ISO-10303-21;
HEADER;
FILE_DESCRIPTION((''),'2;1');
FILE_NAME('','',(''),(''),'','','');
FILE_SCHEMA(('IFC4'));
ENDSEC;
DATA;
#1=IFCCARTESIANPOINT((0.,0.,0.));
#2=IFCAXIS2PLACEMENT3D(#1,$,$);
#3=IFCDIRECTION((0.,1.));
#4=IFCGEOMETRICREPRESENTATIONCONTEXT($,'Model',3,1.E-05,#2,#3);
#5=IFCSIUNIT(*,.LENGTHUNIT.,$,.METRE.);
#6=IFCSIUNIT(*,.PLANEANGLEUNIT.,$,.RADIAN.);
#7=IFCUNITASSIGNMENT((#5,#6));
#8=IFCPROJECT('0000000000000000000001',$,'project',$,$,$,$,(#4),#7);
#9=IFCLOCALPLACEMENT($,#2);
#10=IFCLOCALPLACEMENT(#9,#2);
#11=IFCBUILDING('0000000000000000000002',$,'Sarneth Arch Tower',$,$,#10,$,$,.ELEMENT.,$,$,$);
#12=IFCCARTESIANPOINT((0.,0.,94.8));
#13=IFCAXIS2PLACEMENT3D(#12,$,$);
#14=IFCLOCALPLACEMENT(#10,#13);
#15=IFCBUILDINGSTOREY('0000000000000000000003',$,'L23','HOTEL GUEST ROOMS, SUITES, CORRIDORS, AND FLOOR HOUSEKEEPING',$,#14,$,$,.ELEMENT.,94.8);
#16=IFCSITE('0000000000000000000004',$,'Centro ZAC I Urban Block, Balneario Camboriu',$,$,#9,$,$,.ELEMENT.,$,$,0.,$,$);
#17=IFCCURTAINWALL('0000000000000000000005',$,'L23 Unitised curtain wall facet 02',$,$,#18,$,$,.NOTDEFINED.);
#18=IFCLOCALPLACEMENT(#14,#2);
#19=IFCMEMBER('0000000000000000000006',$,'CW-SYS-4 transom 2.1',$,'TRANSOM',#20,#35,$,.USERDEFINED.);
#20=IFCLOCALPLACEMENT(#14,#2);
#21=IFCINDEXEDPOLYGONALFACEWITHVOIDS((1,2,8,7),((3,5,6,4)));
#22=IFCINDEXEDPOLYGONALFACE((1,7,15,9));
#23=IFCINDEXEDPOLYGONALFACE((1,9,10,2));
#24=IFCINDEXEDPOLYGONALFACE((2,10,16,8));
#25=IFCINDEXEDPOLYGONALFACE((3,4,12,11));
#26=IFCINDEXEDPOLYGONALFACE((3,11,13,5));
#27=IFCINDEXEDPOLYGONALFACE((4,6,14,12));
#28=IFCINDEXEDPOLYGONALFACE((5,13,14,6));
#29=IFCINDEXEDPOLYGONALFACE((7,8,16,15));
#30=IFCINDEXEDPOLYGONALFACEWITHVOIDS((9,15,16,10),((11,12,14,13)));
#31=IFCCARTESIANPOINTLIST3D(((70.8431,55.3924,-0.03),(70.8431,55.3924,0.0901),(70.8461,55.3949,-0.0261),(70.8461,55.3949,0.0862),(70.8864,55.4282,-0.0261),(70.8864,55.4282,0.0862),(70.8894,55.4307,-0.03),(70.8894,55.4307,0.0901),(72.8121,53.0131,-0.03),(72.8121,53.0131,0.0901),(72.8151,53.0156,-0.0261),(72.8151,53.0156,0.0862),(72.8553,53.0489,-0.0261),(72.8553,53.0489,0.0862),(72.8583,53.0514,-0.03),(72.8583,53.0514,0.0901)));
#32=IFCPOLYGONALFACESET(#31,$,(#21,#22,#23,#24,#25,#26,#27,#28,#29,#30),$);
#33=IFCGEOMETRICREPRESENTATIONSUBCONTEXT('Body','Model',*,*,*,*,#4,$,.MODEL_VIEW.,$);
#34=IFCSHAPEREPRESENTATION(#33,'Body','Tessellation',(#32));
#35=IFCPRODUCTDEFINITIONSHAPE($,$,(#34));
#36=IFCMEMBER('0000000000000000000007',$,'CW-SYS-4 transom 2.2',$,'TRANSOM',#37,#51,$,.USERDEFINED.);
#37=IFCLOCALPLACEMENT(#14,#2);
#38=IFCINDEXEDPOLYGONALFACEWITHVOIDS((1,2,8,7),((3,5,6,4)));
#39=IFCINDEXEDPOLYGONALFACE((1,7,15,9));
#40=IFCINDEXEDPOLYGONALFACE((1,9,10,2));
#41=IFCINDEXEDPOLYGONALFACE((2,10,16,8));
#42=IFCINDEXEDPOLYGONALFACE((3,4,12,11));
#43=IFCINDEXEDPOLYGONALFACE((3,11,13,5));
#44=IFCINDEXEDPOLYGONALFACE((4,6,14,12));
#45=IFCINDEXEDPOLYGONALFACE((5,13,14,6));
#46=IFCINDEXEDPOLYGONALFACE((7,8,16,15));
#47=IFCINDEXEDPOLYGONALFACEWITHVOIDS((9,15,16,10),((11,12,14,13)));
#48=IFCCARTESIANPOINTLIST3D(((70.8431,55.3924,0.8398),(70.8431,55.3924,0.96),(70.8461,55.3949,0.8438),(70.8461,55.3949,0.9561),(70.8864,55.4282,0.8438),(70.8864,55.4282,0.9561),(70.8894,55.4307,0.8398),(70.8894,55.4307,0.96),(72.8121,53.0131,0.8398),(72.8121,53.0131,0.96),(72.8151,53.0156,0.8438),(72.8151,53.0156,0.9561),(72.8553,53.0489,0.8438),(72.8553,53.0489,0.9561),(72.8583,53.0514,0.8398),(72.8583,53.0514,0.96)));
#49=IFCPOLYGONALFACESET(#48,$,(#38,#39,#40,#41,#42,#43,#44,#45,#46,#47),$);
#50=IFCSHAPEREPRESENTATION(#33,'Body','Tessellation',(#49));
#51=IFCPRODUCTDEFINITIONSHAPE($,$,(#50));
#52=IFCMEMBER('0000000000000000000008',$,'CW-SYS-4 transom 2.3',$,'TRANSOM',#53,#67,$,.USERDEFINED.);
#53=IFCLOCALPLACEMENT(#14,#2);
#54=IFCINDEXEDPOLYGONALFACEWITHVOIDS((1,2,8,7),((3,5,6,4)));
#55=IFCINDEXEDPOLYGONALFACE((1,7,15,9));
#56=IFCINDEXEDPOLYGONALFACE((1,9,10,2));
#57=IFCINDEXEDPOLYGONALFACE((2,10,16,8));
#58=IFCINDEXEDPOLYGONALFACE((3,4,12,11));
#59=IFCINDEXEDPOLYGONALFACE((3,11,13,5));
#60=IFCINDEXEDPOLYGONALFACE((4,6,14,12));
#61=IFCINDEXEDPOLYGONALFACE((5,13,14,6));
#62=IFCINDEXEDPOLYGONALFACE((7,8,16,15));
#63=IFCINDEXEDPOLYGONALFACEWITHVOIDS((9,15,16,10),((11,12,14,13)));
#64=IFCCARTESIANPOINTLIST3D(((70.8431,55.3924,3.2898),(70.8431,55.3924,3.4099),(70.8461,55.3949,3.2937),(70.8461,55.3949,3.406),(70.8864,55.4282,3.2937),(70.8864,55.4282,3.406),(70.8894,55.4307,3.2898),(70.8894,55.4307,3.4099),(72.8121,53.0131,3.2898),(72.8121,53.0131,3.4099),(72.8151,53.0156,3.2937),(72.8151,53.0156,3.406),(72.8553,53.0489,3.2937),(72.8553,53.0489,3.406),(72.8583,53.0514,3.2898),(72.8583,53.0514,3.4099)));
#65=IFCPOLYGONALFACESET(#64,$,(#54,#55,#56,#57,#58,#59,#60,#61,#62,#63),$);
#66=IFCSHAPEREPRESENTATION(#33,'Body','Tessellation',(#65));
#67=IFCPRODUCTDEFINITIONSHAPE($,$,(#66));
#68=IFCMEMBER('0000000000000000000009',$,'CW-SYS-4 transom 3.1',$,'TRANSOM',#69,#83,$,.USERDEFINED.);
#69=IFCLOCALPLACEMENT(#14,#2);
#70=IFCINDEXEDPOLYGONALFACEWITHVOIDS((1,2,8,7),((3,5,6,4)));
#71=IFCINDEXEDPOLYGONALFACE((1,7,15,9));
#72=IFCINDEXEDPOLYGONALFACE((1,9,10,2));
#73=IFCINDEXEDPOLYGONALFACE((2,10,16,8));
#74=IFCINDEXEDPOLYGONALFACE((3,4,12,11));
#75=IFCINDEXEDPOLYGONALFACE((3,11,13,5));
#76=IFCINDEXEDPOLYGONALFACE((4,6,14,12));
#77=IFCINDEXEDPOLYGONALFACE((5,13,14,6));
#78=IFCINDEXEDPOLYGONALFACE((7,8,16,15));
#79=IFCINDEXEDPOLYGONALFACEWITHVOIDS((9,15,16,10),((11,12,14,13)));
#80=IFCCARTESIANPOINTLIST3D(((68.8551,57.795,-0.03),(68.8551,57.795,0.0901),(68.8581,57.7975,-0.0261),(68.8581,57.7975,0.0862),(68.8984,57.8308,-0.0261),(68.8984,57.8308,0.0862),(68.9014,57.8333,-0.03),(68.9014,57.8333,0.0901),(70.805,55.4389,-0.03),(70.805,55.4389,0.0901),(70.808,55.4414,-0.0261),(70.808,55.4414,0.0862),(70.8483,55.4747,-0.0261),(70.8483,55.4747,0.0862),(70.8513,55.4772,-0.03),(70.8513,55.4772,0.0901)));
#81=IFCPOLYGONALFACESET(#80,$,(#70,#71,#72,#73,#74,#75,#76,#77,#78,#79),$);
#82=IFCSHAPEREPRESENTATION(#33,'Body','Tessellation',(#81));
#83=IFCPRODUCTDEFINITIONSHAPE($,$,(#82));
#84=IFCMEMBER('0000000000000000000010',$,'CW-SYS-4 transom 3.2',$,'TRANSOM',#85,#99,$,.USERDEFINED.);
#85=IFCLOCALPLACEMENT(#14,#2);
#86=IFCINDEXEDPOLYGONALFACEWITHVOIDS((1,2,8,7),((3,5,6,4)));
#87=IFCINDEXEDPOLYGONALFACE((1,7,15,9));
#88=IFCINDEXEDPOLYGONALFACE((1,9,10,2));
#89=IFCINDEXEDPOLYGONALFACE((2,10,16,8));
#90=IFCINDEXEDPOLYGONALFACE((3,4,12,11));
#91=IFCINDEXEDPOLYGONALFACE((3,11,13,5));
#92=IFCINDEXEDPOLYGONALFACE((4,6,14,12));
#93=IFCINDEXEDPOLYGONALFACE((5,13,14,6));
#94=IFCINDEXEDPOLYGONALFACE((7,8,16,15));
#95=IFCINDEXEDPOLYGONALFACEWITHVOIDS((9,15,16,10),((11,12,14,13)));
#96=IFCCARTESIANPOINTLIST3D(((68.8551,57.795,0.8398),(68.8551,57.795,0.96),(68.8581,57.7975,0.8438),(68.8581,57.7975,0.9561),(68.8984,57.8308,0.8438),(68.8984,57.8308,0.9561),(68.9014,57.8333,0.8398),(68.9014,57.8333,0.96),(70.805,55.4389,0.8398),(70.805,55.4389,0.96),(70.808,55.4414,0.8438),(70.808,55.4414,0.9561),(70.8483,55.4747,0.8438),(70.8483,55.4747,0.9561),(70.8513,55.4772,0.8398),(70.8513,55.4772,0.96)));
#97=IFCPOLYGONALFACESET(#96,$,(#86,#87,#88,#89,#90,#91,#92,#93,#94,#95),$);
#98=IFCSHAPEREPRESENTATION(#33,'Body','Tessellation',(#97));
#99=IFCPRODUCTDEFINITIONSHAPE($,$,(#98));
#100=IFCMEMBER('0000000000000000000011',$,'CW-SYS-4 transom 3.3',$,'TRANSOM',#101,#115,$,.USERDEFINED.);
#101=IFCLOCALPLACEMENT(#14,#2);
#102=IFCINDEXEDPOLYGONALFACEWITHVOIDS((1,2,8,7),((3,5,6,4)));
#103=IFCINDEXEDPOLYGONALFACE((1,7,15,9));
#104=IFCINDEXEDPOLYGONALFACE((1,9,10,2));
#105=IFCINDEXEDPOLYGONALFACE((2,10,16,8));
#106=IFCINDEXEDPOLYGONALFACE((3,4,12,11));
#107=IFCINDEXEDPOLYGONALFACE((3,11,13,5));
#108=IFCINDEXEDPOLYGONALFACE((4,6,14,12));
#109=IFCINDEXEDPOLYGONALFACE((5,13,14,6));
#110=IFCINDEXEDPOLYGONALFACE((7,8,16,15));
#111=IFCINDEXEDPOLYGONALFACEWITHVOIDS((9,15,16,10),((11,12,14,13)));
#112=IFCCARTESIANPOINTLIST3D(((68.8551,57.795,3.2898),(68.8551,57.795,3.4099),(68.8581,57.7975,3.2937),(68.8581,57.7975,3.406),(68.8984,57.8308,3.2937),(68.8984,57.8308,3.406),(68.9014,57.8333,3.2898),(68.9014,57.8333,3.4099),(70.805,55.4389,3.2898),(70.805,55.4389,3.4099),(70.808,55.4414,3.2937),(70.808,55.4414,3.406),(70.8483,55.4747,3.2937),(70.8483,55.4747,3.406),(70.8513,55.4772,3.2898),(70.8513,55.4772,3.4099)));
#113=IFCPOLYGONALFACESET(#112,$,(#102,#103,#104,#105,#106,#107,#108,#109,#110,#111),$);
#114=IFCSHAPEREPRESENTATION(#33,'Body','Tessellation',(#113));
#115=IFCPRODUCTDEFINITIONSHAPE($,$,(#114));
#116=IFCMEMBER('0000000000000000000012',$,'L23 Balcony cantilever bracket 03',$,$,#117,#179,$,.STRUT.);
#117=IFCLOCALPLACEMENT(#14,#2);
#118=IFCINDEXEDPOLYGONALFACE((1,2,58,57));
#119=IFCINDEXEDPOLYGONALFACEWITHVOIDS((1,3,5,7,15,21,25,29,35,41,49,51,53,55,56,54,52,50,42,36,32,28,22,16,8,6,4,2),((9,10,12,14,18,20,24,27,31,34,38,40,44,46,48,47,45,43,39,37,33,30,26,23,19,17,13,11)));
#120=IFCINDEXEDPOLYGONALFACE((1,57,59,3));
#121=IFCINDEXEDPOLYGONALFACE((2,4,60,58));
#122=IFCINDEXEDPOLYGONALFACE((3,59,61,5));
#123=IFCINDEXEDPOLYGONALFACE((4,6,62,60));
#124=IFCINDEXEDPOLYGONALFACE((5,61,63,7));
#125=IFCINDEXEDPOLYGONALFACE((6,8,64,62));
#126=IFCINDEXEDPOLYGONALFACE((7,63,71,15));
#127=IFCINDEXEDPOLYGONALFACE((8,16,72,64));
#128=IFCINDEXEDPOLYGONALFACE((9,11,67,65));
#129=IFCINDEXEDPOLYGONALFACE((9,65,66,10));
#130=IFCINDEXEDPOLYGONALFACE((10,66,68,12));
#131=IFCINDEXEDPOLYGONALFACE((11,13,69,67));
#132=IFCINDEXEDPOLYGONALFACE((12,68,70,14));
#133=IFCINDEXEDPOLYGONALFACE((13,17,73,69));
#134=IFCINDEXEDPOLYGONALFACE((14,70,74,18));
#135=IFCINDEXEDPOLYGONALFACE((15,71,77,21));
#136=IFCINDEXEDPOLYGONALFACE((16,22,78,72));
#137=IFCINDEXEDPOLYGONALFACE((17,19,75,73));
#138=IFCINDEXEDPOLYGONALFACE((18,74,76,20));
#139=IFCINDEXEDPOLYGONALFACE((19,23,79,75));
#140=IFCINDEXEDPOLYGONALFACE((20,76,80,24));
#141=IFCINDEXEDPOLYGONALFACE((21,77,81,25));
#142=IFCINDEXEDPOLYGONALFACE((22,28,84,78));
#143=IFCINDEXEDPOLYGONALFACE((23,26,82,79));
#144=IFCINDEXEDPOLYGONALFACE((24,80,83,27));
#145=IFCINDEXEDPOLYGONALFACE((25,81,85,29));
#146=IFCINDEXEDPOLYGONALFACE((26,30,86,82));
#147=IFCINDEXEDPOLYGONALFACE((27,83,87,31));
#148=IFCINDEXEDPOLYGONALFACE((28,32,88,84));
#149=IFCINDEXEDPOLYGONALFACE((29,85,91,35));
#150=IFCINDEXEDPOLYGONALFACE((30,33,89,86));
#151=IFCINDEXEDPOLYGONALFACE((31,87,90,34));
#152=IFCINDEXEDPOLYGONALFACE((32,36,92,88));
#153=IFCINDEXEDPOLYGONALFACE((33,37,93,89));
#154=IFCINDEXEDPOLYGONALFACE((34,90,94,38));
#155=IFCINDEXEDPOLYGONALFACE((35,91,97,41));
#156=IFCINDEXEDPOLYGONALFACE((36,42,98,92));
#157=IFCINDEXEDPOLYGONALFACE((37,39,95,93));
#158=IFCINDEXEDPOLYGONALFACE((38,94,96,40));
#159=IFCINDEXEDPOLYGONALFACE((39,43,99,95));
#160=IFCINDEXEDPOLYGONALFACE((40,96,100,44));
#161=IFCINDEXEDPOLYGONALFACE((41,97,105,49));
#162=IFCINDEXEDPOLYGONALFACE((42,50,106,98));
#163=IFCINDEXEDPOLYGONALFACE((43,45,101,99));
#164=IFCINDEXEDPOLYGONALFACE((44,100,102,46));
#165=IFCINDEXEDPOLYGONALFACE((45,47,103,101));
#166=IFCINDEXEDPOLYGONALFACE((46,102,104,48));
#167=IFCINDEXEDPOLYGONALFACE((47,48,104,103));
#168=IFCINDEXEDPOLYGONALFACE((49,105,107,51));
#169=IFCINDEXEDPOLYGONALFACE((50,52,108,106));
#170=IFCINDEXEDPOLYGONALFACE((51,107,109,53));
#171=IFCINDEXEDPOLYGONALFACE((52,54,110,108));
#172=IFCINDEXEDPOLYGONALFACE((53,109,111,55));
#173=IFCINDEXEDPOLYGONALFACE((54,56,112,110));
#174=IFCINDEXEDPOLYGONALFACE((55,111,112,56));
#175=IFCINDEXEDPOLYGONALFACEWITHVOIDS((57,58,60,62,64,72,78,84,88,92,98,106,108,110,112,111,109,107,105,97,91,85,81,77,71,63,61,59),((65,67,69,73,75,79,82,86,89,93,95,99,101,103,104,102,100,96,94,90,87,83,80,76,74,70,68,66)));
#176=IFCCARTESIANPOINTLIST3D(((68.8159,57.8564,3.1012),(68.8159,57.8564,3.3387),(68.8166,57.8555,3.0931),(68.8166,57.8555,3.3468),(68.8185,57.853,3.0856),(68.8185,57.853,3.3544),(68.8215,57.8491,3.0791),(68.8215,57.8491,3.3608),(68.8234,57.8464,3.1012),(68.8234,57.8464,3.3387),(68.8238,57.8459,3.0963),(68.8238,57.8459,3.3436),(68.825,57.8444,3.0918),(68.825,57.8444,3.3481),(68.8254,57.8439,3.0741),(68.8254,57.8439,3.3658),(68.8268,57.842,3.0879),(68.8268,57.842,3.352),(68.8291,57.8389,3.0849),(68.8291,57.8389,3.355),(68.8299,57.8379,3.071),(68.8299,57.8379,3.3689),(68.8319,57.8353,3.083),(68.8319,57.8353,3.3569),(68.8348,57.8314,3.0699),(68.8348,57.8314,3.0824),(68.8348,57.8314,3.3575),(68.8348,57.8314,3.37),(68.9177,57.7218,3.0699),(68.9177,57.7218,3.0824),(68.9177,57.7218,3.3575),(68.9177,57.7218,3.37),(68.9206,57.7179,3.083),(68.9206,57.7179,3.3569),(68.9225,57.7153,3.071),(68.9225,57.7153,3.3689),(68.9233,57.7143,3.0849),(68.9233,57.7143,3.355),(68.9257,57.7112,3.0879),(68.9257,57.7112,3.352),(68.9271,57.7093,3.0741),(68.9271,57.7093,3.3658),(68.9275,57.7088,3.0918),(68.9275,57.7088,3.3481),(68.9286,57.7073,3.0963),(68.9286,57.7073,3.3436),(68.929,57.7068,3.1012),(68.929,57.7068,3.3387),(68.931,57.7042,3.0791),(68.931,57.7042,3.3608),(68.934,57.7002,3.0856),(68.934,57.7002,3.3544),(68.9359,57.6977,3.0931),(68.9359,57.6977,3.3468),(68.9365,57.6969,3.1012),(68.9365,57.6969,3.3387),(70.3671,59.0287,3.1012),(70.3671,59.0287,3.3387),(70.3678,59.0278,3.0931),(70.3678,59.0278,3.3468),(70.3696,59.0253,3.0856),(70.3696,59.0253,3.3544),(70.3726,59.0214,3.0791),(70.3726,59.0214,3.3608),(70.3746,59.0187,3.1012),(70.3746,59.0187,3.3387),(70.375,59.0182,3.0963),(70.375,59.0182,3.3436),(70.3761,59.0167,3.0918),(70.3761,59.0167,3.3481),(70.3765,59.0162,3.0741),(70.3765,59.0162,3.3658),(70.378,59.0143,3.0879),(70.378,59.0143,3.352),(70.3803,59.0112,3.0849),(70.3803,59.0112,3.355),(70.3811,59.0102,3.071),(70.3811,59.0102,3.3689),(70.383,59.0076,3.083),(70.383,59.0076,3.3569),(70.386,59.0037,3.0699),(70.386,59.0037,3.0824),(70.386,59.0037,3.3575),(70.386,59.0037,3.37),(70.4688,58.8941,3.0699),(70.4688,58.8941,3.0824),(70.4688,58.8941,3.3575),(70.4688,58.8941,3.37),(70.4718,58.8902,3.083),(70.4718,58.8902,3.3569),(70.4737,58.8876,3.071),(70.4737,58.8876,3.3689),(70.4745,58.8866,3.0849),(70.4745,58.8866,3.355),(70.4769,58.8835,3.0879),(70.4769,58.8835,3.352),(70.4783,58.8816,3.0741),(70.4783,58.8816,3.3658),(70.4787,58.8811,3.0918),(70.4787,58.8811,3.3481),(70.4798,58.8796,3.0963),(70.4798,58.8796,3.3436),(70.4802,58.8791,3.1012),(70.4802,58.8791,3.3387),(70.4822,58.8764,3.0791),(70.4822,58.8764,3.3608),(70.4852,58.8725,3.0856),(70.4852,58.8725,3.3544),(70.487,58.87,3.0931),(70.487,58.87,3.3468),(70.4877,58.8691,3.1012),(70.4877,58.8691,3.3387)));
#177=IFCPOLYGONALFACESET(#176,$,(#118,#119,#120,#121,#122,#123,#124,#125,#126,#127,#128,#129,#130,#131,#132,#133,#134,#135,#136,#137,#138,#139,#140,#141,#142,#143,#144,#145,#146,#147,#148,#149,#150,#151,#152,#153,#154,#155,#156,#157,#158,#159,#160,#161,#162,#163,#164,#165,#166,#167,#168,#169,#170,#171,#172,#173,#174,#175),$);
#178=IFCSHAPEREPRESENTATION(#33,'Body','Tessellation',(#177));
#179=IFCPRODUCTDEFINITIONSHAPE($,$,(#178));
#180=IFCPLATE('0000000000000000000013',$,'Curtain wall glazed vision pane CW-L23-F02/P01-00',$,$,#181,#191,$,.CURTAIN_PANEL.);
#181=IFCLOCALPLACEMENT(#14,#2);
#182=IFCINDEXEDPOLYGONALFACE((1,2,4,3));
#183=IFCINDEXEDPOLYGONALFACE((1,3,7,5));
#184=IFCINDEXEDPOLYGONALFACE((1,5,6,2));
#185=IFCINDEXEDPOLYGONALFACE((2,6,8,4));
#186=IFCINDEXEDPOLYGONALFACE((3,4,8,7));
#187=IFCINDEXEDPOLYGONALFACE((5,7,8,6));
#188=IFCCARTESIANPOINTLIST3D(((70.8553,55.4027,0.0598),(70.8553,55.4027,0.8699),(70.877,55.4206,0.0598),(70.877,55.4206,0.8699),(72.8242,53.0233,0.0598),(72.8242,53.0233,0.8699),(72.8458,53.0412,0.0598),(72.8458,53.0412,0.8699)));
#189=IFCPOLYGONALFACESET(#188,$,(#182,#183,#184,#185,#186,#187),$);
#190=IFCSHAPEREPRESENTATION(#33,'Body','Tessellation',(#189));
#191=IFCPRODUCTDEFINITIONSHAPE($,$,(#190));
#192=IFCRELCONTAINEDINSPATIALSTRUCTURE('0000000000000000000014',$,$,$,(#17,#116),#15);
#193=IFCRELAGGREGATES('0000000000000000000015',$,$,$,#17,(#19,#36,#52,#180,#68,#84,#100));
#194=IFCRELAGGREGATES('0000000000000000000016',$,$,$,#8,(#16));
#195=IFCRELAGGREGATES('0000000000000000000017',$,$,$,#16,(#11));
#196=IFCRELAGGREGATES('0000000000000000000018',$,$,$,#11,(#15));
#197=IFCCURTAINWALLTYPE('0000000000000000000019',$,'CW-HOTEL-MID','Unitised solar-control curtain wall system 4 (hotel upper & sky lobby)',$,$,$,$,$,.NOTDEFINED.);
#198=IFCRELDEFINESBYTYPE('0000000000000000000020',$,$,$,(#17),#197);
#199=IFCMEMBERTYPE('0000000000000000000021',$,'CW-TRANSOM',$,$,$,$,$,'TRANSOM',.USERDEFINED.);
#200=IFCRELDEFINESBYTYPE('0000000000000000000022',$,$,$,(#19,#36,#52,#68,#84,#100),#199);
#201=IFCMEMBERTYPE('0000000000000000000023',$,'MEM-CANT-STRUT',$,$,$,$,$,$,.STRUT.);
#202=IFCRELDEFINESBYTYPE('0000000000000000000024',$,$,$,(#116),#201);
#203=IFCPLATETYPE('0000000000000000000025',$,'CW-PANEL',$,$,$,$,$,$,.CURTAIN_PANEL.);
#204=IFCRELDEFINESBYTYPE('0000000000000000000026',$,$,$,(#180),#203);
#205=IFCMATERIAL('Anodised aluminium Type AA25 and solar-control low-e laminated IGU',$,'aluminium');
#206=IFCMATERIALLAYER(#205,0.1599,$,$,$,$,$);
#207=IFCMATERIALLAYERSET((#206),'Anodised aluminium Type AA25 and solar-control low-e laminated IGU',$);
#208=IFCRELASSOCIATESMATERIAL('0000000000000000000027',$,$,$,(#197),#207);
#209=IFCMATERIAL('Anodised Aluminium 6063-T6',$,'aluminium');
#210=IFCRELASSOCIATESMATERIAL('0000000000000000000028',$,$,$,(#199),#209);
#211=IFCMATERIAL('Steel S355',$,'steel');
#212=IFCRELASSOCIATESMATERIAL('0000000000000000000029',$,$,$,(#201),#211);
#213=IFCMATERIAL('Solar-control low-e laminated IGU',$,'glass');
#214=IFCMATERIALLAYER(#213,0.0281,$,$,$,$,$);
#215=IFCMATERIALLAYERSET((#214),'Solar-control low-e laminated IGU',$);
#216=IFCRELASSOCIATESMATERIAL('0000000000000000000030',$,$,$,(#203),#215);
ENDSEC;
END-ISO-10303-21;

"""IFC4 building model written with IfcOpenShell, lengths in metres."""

from ifc_helpers import new_model, si_unit, direction, frame, origin, origin_2d, place, context, subcontext, project, spatial, rectangle, hollow_rectangle, extrude, material, layer, layer_set, material_profile, profile_set, type_object, element, aggregate, save


model = new_model("IFC4")

# Units and contexts
model_context = context("Model", 3, precision=1e-05, world=origin(), true_north=direction((0.0, 1.0)))
body_context = subcontext(model_context, "Body", "Model", "MODEL_VIEW")
ifc_project = project(units=[si_unit("LENGTHUNIT", "METRE"), si_unit("PLANEANGLEUNIT", "RADIAN")], contexts=[model_context])

# Site, building, storey
site_placement = place(None, origin())
site = spatial("IfcSite", under=ifc_project, at=site_placement, Name="Centro ZAC I Urban Block, Balneario Camboriu", CompositionType="ELEMENT", RefElevation=0.0)
building_placement = place(site_placement, origin())
building = spatial("IfcBuilding", under=site, at=building_placement, Name="Sarneth Arch Tower", CompositionType="ELEMENT")
storey_placement = place(building_placement, frame((0.0, 0.0, 94.8)))
storey = spatial("IfcBuildingStorey", under=building, at=storey_placement, Name="L23", Description="HOTEL GUEST ROOMS, SUITES, CORRIDORS, AND FLOOR HOUSEKEEPING", CompositionType="ELEMENT", Elevation=94.8)

# Curtain wall, members
ifc_material_1 = material(Name="Anodised aluminium Type AA25 and solar-control low-e laminated IGU", Category="aluminium")
ifc_layer_1 = layer(ifc_material_1, 0.1599)
ifc_layer_set_1 = layer_set([ifc_layer_1], Name="Anodised aluminium Type AA25 and solar-control low-e laminated IGU")
curtain_wall_type = type_object("IfcCurtainWallType", Name="CW-HOTEL-MID", Description="Unitised solar-control curtain wall system 4 (hotel upper & sky lobby)", PredefinedType="NOTDEFINED", material=ifc_layer_set_1)
curtain_wall_placement = place(storey_placement, origin())
curtain_wall = element("IfcCurtainWall", 1, at=curtain_wall_placement, inside=storey, type_object=curtain_wall_type, Name="L23 Unitised curtain wall facet 02", PredefinedType="NOTDEFINED")
ifc_material_2 = material(Name="Anodised Aluminium 6063-T6", Category="aluminium")
ifc_material_profile_1 = material_profile(ifc_material_2, hollow_rectangle(XDim=0.0601, YDim=0.1201, WallThickness=0.0039, at=origin_2d()), Name="AL-TRAN-120x60x4")
ifc_profile_set_1 = profile_set([ifc_material_profile_1], Name="Anodised Aluminium 6063-T6")
member_type_1 = type_object("IfcMemberType", Name="CW-TRANSOM", ElementType="TRANSOM", PredefinedType="USERDEFINED", material=ifc_profile_set_1)
member_1_placement = place(storey_placement, frame((72.8352, 53.0322, 0.03), z_axis=(-0.637537, 0.77042, 0.0), x_axis=(-0.77042, -0.637537, 0.0)))
member_1 = element("IfcMember", 2, at=member_1_placement, type_object=member_type_1, Name="CW-SYS-4 transom 2.1", ObjectType="TRANSOM", PredefinedType="USERDEFINED", context=body_context, shape_type="SweptSolid", body=[
    extrude(hollow_rectangle(XDim=0.0601, YDim=0.1201, WallThickness=0.0039, at=origin_2d()), origin(), (0.0, 0.0, 1.0), 3.0884),
])
member_2_placement = place(storey_placement, frame((72.8352, 53.0322, 0.8999), z_axis=(-0.637537, 0.77042, 0.0), x_axis=(-0.77042, -0.637537, 0.0)))
member_2 = element("IfcMember", 3, at=member_2_placement, type_object=member_type_1, Name="CW-SYS-4 transom 2.2", ObjectType="TRANSOM", PredefinedType="USERDEFINED", context=body_context, shape_type="SweptSolid", body=[
    extrude(hollow_rectangle(XDim=0.0601, YDim=0.1201, WallThickness=0.0039, at=origin_2d()), origin(), (0.0, 0.0, 1.0), 3.0884),
])
member_3_placement = place(storey_placement, frame((72.8352, 53.0322, 3.3499), z_axis=(-0.637537, 0.77042, 0.0), x_axis=(-0.77042, -0.637537, 0.0)))
member_3 = element("IfcMember", 4, at=member_3_placement, type_object=member_type_1, Name="CW-SYS-4 transom 2.3", ObjectType="TRANSOM", PredefinedType="USERDEFINED", context=body_context, shape_type="SweptSolid", body=[
    extrude(hollow_rectangle(XDim=0.0601, YDim=0.1201, WallThickness=0.0039, at=origin_2d()), origin(), (0.0, 0.0, 1.0), 3.0884),
])
member_4_placement = place(storey_placement, frame((70.8281, 55.458, 0.03), z_axis=(-0.637566, 0.770396, 0.0), x_axis=(-0.770396, -0.637566, 0.0)))
member_4 = element("IfcMember", 5, at=member_4_placement, type_object=member_type_1, Name="CW-SYS-4 transom 3.1", ObjectType="TRANSOM", PredefinedType="USERDEFINED", context=body_context, shape_type="SweptSolid", body=[
    extrude(hollow_rectangle(XDim=0.0601, YDim=0.1201, WallThickness=0.0039, at=origin_2d()), origin(), (0.0, 0.0, 1.0), 3.0583),
])
member_5_placement = place(storey_placement, frame((70.8281, 55.458, 0.8999), z_axis=(-0.637566, 0.770396, 0.0), x_axis=(-0.770396, -0.637566, 0.0)))
member_5 = element("IfcMember", 6, at=member_5_placement, type_object=member_type_1, Name="CW-SYS-4 transom 3.2", ObjectType="TRANSOM", PredefinedType="USERDEFINED", context=body_context, shape_type="SweptSolid", body=[
    extrude(hollow_rectangle(XDim=0.0601, YDim=0.1201, WallThickness=0.0039, at=origin_2d()), origin(), (0.0, 0.0, 1.0), 3.0583),
])
member_6_placement = place(storey_placement, frame((70.8281, 55.458, 3.3499), z_axis=(-0.637566, 0.770396, 0.0), x_axis=(-0.770396, -0.637566, 0.0)))
member_6 = element("IfcMember", 7, at=member_6_placement, type_object=member_type_1, Name="CW-SYS-4 transom 3.3", ObjectType="TRANSOM", PredefinedType="USERDEFINED", context=body_context, shape_type="SweptSolid", body=[
    extrude(hollow_rectangle(XDim=0.0601, YDim=0.1201, WallThickness=0.0039, at=origin_2d()), origin(), (0.0, 0.0, 1.0), 3.0583),
])

# Member
ifc_material_3 = material(Name="Steel S355", Category="steel")
ifc_material_profile_2 = material_profile(ifc_material_3, hollow_rectangle(XDim=0.2, YDim=0.3, WallThickness=0.0125, InnerFilletRadius=0.0188, OuterFilletRadius=0.0312, at=origin_2d()), Name="RHS300x200x12.5")
ifc_profile_set_2 = profile_set([ifc_material_profile_2], Name="Steel S355")
member_type_2 = type_object("IfcMemberType", Name="MEM-CANT-STRUT", PredefinedType="STRUT", material=ifc_profile_set_2)
member_7_placement = place(storey_placement, frame((68.8762, 57.7766, 3.22), z_axis=(0.797795, 0.602929, 0.0), x_axis=(-0.602929, 0.797795, 0.0)))
element("IfcMember", 8, at=member_7_placement, inside=storey, type_object=member_type_2, Name="L23 Balcony cantilever bracket 03", PredefinedType="STRUT", context=body_context, shape_type="SweptSolid", body=[
    extrude(hollow_rectangle(XDim=0.2, YDim=0.3, WallThickness=0.0125, InnerFilletRadius=0.0188, OuterFilletRadius=0.0312, at=origin_2d()), origin(), (0.0, 0.0, 1.0), 1.9443),
])

# Plate
ifc_material_4 = material(Name="Solar-control low-e laminated IGU", Category="glass")
ifc_layer_2 = layer(ifc_material_4, 0.0281)
ifc_layer_set_2 = layer_set([ifc_layer_2], Name="Solar-control low-e laminated IGU")
plate_type_1 = type_object("IfcPlateType", Name="CW-PANEL", PredefinedType="CURTAIN_PANEL", material=ifc_layer_set_2)
plate_1_placement = place(storey_placement, frame((71.8506, 54.2219, 0.0598), z_axis=(0.0, 0.0, 1.0), x_axis=(-0.637515, 0.770438, 0.0)))
plate_1 = element("IfcPlate", 9, at=plate_1_placement, type_object=plate_type_1, Name="Curtain wall glazed vision pane CW-L23-F02/P01-00", PredefinedType="CURTAIN_PANEL", context=body_context, shape_type="SweptSolid", body=[
    extrude(rectangle(XDim=3.0884, YDim=0.0281, at=origin_2d()), origin(), (0.0, 0.0, 1.0), 0.8101),
])
aggregate(curtain_wall, [member_1, member_2, member_3, plate_1, member_4, member_5, member_6])

save(model, "model.ifc")
